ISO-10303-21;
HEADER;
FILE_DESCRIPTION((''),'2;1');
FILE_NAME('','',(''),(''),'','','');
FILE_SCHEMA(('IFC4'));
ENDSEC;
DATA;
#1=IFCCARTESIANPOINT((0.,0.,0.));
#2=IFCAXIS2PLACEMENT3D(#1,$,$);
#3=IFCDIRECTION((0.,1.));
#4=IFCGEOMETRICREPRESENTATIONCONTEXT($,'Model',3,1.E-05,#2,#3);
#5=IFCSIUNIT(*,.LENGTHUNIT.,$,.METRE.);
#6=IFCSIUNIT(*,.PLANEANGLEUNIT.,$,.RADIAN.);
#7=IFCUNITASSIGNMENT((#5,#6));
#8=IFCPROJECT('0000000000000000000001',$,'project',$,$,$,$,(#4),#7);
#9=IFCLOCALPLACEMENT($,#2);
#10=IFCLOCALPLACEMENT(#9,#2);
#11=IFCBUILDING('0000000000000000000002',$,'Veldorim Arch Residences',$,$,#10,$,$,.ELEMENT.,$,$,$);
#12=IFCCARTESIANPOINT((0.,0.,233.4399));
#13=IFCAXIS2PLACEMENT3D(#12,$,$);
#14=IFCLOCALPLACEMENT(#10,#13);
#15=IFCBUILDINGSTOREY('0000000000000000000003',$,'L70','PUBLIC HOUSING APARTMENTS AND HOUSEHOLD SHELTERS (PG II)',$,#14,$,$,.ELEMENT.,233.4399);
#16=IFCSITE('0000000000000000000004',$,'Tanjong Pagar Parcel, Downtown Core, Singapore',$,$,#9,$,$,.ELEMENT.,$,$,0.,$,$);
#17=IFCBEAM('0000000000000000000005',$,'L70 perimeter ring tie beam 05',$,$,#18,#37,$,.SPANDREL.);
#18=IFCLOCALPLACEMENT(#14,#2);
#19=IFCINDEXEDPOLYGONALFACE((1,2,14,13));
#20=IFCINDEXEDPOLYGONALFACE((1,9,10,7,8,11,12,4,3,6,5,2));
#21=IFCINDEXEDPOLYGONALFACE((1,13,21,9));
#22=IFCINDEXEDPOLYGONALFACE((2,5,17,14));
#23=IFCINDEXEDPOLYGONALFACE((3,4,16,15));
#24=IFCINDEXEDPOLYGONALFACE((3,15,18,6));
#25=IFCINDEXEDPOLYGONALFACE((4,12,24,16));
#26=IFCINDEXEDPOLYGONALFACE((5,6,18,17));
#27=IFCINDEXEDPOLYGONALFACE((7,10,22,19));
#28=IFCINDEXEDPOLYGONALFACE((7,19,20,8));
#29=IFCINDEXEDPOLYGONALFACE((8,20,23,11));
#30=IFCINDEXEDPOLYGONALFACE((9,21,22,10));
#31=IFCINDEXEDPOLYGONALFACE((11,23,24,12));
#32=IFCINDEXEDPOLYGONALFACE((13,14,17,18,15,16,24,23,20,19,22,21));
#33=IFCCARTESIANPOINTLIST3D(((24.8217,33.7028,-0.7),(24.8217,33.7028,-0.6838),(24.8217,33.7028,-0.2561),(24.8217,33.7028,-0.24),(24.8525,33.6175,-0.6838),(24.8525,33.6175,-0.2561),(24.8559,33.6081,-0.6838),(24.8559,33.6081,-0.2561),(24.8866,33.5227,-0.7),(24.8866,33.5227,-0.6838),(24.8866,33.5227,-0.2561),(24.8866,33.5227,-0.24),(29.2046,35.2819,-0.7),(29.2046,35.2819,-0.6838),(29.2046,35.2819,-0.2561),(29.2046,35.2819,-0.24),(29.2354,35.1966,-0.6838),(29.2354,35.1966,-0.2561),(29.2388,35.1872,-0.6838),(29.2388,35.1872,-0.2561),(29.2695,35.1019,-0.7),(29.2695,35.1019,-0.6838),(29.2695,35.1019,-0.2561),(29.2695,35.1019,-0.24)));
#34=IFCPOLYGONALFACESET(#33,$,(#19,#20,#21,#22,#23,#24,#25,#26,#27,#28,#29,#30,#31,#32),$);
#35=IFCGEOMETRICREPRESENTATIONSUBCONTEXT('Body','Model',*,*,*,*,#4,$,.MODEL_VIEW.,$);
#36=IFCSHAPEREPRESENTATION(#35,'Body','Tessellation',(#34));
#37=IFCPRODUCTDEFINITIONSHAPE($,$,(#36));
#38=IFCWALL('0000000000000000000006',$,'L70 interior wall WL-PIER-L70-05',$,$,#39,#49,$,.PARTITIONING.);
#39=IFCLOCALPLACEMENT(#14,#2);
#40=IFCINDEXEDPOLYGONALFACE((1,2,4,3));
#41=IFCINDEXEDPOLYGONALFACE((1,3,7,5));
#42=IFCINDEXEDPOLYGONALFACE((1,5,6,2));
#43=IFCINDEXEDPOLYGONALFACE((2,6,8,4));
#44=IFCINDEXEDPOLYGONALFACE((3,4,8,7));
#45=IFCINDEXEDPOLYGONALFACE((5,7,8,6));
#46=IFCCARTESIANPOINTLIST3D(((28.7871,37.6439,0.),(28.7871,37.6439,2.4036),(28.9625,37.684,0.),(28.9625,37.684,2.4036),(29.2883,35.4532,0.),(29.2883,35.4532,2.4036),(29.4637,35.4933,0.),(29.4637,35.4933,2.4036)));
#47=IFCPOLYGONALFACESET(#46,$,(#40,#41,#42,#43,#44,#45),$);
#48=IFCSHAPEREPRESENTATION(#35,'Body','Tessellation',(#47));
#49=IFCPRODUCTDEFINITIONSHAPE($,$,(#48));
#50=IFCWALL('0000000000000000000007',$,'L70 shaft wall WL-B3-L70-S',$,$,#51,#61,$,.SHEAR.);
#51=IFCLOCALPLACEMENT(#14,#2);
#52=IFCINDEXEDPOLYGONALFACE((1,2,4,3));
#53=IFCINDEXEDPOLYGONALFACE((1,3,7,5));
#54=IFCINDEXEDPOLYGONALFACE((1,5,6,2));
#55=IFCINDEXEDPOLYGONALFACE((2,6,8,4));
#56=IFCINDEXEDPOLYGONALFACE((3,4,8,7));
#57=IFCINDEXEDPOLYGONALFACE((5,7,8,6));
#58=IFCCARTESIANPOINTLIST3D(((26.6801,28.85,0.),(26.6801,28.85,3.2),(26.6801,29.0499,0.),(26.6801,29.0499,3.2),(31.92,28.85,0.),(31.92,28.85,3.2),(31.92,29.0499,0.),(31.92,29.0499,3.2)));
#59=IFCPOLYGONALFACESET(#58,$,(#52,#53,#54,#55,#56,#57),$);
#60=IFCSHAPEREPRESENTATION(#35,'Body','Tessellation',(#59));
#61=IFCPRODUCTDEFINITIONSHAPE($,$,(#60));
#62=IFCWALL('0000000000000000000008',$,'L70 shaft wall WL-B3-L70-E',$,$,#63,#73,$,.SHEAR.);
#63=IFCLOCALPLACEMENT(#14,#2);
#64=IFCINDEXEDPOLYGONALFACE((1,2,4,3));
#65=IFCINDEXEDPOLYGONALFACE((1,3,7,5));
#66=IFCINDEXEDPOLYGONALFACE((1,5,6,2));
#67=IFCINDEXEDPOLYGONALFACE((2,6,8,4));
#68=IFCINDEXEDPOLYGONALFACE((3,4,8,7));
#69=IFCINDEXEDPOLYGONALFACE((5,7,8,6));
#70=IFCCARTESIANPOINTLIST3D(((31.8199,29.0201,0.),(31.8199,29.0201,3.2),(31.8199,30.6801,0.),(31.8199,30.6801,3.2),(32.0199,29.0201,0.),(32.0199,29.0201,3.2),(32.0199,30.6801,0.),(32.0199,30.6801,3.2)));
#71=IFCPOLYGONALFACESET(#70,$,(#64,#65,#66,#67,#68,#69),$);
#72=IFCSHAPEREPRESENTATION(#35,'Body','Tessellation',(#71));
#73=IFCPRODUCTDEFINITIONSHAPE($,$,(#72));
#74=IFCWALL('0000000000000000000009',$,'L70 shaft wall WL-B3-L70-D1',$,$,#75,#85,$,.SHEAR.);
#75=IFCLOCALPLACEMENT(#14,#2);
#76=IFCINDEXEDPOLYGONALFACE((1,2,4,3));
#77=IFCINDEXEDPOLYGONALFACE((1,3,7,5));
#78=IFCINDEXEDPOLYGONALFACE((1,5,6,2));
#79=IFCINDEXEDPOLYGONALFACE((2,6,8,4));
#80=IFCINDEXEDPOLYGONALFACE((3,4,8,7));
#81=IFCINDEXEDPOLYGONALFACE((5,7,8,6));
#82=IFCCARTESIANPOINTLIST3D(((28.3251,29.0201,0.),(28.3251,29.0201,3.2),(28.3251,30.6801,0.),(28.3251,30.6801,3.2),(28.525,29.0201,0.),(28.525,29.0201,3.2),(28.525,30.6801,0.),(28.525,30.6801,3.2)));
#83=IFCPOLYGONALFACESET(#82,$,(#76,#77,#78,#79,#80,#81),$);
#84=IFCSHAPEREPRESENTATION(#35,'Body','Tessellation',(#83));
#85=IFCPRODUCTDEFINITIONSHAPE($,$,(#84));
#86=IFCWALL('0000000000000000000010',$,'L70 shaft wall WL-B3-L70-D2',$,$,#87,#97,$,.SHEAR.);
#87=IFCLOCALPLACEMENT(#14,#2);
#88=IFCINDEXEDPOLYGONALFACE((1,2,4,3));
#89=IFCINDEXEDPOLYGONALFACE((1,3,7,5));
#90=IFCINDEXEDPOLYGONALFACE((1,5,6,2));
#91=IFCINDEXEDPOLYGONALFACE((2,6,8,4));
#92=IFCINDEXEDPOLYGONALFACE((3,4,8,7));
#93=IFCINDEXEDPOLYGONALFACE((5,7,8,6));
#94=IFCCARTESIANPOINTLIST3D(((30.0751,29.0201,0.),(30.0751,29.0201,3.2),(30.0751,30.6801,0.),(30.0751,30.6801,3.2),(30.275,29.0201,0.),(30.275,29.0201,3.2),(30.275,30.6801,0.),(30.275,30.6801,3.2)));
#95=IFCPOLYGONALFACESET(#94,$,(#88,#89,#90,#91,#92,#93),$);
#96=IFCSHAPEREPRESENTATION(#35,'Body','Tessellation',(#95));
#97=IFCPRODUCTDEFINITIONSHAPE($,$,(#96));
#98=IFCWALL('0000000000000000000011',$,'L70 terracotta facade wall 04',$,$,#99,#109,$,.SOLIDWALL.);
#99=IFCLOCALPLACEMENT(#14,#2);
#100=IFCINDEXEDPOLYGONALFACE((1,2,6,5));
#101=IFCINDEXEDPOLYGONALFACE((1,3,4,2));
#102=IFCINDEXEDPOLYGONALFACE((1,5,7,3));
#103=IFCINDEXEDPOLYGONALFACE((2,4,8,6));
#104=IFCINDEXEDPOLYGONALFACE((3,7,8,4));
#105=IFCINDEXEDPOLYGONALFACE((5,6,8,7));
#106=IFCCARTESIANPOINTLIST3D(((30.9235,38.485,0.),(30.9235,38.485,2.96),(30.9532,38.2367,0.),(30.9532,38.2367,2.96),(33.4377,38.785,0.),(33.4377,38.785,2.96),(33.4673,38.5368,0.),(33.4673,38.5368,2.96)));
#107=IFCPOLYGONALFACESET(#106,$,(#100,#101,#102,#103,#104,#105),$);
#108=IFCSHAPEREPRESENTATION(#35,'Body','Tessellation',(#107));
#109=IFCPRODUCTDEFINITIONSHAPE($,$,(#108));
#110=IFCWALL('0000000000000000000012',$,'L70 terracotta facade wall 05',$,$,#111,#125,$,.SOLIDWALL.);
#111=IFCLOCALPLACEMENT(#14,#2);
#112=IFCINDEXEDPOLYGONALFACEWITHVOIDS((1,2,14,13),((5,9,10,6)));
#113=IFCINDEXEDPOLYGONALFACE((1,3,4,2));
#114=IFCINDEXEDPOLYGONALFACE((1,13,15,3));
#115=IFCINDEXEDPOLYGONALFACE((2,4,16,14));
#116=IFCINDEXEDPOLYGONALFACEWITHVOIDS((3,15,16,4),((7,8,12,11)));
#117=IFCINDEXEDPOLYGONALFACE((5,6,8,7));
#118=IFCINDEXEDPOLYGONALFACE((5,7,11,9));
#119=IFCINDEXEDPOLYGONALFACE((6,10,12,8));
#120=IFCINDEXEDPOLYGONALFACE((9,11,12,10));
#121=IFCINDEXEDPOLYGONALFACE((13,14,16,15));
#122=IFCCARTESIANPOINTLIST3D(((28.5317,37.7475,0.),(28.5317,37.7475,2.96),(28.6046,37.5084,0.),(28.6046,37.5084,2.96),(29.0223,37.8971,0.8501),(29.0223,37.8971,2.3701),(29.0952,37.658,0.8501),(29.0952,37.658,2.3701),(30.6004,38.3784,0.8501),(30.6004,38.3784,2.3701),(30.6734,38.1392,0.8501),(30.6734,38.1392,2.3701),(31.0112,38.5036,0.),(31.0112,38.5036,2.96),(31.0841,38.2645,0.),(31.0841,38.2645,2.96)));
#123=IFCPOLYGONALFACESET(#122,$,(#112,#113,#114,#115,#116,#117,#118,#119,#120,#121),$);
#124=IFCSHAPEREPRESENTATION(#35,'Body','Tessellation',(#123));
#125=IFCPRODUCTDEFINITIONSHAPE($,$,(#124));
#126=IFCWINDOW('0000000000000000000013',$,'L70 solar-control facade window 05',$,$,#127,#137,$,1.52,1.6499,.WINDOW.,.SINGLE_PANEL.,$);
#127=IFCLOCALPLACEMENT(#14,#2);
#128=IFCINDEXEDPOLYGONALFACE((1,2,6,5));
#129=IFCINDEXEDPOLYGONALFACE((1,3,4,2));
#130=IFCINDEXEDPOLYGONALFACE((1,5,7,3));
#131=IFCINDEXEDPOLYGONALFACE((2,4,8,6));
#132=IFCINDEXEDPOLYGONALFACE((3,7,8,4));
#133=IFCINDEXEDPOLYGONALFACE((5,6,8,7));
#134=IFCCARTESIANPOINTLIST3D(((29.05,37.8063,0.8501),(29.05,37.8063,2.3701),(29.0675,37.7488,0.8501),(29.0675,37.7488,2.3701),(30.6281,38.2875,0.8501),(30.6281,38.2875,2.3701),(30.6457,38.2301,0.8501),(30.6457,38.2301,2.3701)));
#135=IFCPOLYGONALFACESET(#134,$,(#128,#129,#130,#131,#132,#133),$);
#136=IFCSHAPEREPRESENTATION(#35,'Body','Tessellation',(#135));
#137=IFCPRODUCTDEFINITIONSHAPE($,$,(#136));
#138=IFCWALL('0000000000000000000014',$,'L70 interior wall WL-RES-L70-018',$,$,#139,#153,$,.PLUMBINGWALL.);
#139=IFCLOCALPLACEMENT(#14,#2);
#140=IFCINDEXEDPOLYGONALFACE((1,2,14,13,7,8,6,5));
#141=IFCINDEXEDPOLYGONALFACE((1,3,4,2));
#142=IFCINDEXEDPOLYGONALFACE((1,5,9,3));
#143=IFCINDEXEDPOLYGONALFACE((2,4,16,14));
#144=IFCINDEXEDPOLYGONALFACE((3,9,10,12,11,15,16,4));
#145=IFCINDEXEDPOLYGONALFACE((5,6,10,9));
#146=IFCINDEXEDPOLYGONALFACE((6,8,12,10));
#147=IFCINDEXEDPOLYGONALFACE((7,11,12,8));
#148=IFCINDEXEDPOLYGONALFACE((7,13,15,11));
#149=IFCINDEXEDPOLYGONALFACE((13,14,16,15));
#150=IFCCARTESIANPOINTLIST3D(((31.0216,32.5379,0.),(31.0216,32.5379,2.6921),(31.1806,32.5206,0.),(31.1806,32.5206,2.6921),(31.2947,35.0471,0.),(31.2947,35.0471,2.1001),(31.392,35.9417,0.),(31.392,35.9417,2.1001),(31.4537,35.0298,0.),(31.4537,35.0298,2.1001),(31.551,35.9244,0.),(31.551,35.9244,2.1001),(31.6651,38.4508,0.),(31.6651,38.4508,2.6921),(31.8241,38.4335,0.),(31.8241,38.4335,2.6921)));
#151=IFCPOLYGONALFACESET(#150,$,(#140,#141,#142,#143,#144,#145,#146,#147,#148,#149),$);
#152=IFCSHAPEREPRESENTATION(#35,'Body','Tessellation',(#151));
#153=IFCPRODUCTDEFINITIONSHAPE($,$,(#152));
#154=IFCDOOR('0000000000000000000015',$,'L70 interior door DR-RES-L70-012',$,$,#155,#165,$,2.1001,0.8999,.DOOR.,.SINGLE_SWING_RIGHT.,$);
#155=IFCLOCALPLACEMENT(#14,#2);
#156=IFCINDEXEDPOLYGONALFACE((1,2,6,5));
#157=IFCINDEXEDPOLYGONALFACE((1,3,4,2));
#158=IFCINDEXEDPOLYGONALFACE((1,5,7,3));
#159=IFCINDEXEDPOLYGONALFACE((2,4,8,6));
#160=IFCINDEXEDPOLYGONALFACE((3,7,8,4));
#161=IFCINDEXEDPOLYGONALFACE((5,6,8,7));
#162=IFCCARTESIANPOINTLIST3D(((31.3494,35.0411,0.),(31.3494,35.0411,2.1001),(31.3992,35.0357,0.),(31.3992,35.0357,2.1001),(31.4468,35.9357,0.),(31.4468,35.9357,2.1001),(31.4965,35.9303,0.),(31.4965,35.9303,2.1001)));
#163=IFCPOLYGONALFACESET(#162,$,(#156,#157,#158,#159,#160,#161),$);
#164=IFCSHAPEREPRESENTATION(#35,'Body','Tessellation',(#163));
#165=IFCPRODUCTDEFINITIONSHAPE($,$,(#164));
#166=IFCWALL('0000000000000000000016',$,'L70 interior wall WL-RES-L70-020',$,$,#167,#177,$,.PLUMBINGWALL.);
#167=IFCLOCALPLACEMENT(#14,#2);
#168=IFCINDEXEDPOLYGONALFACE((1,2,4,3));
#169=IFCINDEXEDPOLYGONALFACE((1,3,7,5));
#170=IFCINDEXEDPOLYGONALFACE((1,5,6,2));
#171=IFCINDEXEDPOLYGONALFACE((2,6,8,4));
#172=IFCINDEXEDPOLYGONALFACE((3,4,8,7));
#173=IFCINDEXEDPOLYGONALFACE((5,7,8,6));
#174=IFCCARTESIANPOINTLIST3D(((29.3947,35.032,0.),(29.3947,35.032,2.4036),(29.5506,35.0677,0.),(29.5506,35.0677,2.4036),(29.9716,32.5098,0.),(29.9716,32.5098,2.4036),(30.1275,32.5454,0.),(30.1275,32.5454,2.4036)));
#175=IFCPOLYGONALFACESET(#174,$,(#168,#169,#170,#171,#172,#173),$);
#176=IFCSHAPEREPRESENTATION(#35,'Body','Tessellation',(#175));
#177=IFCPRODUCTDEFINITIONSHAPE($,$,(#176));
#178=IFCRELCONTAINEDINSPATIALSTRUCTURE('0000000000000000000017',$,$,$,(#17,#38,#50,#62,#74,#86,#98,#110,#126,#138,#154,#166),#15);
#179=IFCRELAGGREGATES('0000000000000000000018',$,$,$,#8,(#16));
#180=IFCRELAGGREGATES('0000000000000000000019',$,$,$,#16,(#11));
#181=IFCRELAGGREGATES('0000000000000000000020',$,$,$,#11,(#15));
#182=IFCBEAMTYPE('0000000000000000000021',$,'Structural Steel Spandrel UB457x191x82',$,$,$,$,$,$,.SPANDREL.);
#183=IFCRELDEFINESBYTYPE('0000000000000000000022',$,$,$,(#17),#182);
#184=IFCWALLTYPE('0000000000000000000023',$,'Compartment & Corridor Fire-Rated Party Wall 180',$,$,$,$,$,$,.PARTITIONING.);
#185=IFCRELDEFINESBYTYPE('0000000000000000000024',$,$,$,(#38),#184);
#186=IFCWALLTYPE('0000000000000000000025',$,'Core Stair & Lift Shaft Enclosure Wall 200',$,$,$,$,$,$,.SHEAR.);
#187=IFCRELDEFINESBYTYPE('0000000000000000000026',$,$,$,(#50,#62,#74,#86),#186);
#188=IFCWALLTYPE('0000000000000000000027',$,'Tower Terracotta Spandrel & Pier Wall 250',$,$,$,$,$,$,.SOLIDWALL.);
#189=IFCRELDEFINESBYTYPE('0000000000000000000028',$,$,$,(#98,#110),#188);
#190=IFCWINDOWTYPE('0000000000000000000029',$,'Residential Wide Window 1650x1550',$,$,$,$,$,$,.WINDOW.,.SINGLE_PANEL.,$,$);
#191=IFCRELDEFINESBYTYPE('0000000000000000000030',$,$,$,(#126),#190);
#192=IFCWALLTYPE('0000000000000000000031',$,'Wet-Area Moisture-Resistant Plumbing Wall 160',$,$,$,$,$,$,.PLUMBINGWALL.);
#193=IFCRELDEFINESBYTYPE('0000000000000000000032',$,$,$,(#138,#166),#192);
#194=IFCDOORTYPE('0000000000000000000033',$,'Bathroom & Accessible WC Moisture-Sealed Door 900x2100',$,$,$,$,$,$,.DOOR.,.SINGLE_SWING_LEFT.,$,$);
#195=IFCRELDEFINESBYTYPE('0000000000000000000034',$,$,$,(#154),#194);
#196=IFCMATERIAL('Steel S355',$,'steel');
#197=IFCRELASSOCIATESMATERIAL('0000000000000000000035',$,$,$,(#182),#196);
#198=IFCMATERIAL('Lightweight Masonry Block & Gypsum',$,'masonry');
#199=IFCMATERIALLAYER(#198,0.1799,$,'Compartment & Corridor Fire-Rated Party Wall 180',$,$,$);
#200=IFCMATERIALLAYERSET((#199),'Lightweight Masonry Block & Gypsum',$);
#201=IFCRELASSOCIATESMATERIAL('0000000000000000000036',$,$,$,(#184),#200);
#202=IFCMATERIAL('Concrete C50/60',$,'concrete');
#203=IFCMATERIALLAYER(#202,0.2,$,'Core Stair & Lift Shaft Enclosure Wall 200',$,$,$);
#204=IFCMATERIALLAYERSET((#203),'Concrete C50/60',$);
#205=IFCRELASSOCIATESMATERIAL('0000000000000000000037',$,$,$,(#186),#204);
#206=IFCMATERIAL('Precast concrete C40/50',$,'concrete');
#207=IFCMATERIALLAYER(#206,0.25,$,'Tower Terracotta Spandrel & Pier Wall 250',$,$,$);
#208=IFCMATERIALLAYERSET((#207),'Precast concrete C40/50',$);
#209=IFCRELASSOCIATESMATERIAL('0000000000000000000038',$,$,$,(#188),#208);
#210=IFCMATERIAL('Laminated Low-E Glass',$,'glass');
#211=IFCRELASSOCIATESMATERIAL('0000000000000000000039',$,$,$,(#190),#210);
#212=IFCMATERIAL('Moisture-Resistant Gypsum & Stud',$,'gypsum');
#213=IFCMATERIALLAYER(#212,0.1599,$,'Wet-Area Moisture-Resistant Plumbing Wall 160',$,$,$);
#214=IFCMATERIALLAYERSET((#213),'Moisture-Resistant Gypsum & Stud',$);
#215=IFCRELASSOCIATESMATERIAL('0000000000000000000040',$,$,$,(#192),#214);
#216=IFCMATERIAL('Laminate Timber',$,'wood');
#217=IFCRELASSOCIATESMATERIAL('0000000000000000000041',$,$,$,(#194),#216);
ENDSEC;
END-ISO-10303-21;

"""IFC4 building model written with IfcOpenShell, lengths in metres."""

from ifc_helpers import new_model, si_unit, direction, frame, frame_2d, origin, origin_2d, place, context, subcontext, project, spatial, rectangle, i_section, extrude, material, layer, layer_set, material_profile, profile_set, type_object, element, fill, save


model = new_model("IFC4")

# Units and contexts
model_context = context("Model", 3, precision=1e-05, world=origin(), true_north=direction((0.0, 1.0)))
body_context = subcontext(model_context, "Body", "Model", "MODEL_VIEW")
ifc_project = project(units=[si_unit("LENGTHUNIT", "METRE"), si_unit("PLANEANGLEUNIT", "RADIAN")], contexts=[model_context])

# Site, building, storey
site_placement = place(None, origin())
site = spatial("IfcSite", under=ifc_project, at=site_placement, Name="Tanjong Pagar Parcel, Downtown Core, Singapore", CompositionType="ELEMENT", RefElevation=0.0)
building_placement = place(site_placement, origin())
building = spatial("IfcBuilding", under=site, at=building_placement, Name="Veldorim Arch Residences", CompositionType="ELEMENT")
storey_placement = place(building_placement, frame((0.0, 0.0, 233.4399)))
storey = spatial("IfcBuildingStorey", under=building, at=storey_placement, Name="L70", Description="PUBLIC HOUSING APARTMENTS AND HOUSEHOLD SHELTERS (PG II)", CompositionType="ELEMENT", Elevation=233.4399)

# Beam
ifc_material_1 = material(Name="Steel S355", Category="steel")
ifc_material_profile_1 = material_profile(ifc_material_1, i_section(OverallWidth=0.1914, OverallDepth=0.46, WebThickness=0.01, FlangeThickness=0.0161, at=origin_2d()), Name="UB457x191x82")
ifc_profile_set_1 = profile_set([ifc_material_profile_1], Name="Steel S355")
beam_type_1 = type_object("IfcBeamType", Name="Structural Steel Spandrel UB457x191x82", PredefinedType="SPANDREL", material=ifc_profile_set_1)
beam_1_placement = place(storey_placement, frame((29.2371, 35.1919, -0.47), z_axis=(-0.940799, -0.338964, 0.0), x_axis=(0.338964, -0.940799, 0.0)))
element("IfcBeam", 1, at=beam_1_placement, inside=storey, type_object=beam_type_1, Name="L70 perimeter ring tie beam 05", PredefinedType="SPANDREL", context=body_context, shape_type="SweptSolid", body=[
    extrude(i_section(OverallWidth=0.1914, OverallDepth=0.46, WebThickness=0.01, FlangeThickness=0.0161, at=origin_2d()), origin(), (0.0, 0.0, 1.0), 4.6587),
])

# Walls
ifc_material_2 = material(Name="Lightweight Masonry Block & Gypsum", Category="masonry")
ifc_layer_1 = layer(ifc_material_2, 0.1799, Name="Compartment & Corridor Fire-Rated Party Wall 180")
ifc_layer_set_1 = layer_set([ifc_layer_1], Name="Lightweight Masonry Block & Gypsum")
wall_type_1 = type_object("IfcWallType", Name="Compartment & Corridor Fire-Rated Party Wall 180", PredefinedType="PARTITIONING", material=ifc_layer_set_1)
wall_1_placement = place(storey_placement, frame((29.376, 35.4734, 0.0), z_axis=(0.0, 0.0, 1.0), x_axis=(-0.223034, 0.974811, 0.0)))
element("IfcWall", 2, at=wall_1_placement, inside=storey, type_object=wall_type_1, Name="L70 interior wall WL-PIER-L70-05", PredefinedType="PARTITIONING", context=body_context, shape_type="SweptSolid", body=[
    extrude(rectangle(XDim=2.2473, YDim=0.1799, at=frame_2d((1.1235, 0.0))), origin(), (0.0, 0.0, 1.0), 2.4036),
])
ifc_material_3 = material(Name="Concrete C50/60", Category="concrete")
ifc_layer_2 = layer(ifc_material_3, 0.2, Name="Core Stair & Lift Shaft Enclosure Wall 200")
ifc_layer_set_2 = layer_set([ifc_layer_2], Name="Concrete C50/60")
wall_type_2 = type_object("IfcWallType", Name="Core Stair & Lift Shaft Enclosure Wall 200", PredefinedType="SHEAR", material=ifc_layer_set_2)
wall_2_placement = place(storey_placement, frame((26.6799, 28.95, 0.0), z_axis=(0.0, 0.0, 1.0), x_axis=(1.0, 0.0, 0.0)))
element("IfcWall", 3, at=wall_2_placement, inside=storey, type_object=wall_type_2, Name="L70 shaft wall WL-B3-L70-S", PredefinedType="SHEAR", context=body_context, shape_type="SweptSolid", body=[
    extrude(rectangle(XDim=5.24, YDim=0.2, at=frame_2d((2.6201, 0.0))), origin(), (0.0, 0.0, 1.0), 3.2),
])
for number, where, z_axis, x_axis, name in (
    (4, (31.9199, 29.02, 0.0), (0.0, 0.0, 1.0), (0.0, 1.0, 0.0), "L70 shaft wall WL-B3-L70-E"),
    (5, (28.425, 29.02, 0.0), (0.0, 0.0, 1.0), (0.0, 1.0, 0.0), "L70 shaft wall WL-B3-L70-D1"),
    (6, (30.175, 29.02, 0.0), (0.0, 0.0, 1.0), (0.0, 1.0, 0.0), "L70 shaft wall WL-B3-L70-D2"),
):
    element("IfcWall", number, at=place(storey_placement, frame(where, z_axis=z_axis, x_axis=x_axis)), inside=storey, type_object=wall_type_2, Name=name, PredefinedType="SHEAR", context=body_context, shape_type="SweptSolid", body=[
        extrude(rectangle(XDim=1.6599, YDim=0.2, at=frame_2d((0.8301, 0.0))), origin(), (0.0, 0.0, 1.0), 3.2),
    ])
ifc_material_4 = material(Name="Precast concrete C40/50", Category="concrete")
ifc_layer_3 = layer(ifc_material_4, 0.25, Name="Tower Terracotta Spandrel & Pier Wall 250")
ifc_layer_set_3 = layer_set([ifc_layer_3], Name="Precast concrete C40/50")
wall_type_3 = type_object("IfcWallType", Name="Tower Terracotta Spandrel & Pier Wall 250", PredefinedType="SOLIDWALL", material=ifc_layer_set_3)
wall_3_placement = place(storey_placement, frame((30.9382, 38.3608, 0.0), z_axis=(0.0, 0.0, 1.0), x_axis=(0.992954, 0.118503, 0.0)))
element("IfcWall", 7, at=wall_3_placement, inside=storey, type_object=wall_type_3, Name="L70 terracotta facade wall 04", PredefinedType="SOLIDWALL", context=body_context, shape_type="SweptSolid", body=[
    extrude(rectangle(XDim=2.532, YDim=0.25, at=frame_2d((1.2661, 0.0))), origin(), (0.0, 0.0, 1.0), 2.96),
])

# Wall, opening, window
wall_4_placement = place(storey_placement, frame((28.5681, 37.6279, 0.0), z_axis=(0.0, 0.0, 1.0), x_axis=(0.956515, 0.291683, 0.0)))
wall_4 = element("IfcWall", 8, at=wall_4_placement, inside=storey, type_object=wall_type_3, Name="L70 terracotta facade wall 05", PredefinedType="SOLIDWALL", context=body_context, shape_type="SweptSolid", body=[
    extrude(rectangle(XDim=2.5923, YDim=0.25, at=frame_2d((1.2961, 0.0))), origin(), (0.0, 0.0, 1.0), 2.96),
])
opening_1_placement = place(wall_4_placement, frame((0.5129, 0.0, 0.8501)))
opening_1 = element("IfcOpeningElement", 9, at=opening_1_placement, cuts=wall_4, PredefinedType="OPENING", context=body_context, shape_type="SweptSolid", body=[
    extrude(rectangle(XDim=1.6499, YDim=1.52, at=frame_2d((0.825, 0.76))), frame((0.0, 0.135, 0.0), z_axis=(0.0, -1.0, 0.0), x_axis=(1.0, 0.0, 0.0)), (0.0, 0.0, 1.0), 0.27),
])
ifc_material_5 = material(Name="Laminated Low-E Glass", Category="glass")
window_type = type_object("IfcWindowType", Name="Residential Wide Window 1650x1550", PartitioningType="SINGLE_PANEL", PredefinedType="WINDOW", material=ifc_material_5)
window_placement = place(opening_1_placement, origin())
window = element("IfcWindow", 10, at=window_placement, inside=storey, type_object=window_type, Name="L70 solar-control facade window 05", OverallHeight=1.52, OverallWidth=1.6499, PartitioningType="SINGLE_PANEL", PredefinedType="WINDOW", context=body_context, shape_type="SweptSolid", body=[
    extrude(rectangle(XDim=1.6499, YDim=1.52, at=frame_2d((0.825, 0.76))), frame((0.0, 0.03, 0.0), z_axis=(0.0, -1.0, 0.0), x_axis=(1.0, 0.0, 0.0)), (0.0, 0.0, 1.0), 0.0601),
])
fill(opening_1, window)

# Wall, opening, door
ifc_material_6 = material(Name="Moisture-Resistant Gypsum & Stud", Category="gypsum")
ifc_layer_4 = layer(ifc_material_6, 0.1599, Name="Wet-Area Moisture-Resistant Plumbing Wall 160")
ifc_layer_set_4 = layer_set([ifc_layer_4], Name="Moisture-Resistant Gypsum & Stud")
wall_type_4 = type_object("IfcWallType", Name="Wet-Area Moisture-Resistant Plumbing Wall 160", PredefinedType="PLUMBINGWALL", material=ifc_layer_set_4)
wall_5_placement = place(storey_placement, frame((31.1011, 32.5293, 0.0), z_axis=(0.0, 0.0, 1.0), x_axis=(0.108201, 0.994129, 0.0)))
wall_5 = element("IfcWall", 11, at=wall_5_placement, inside=storey, type_object=wall_type_4, Name="L70 interior wall WL-RES-L70-018", PredefinedType="PLUMBINGWALL", context=body_context, shape_type="SweptSolid", body=[
    extrude(rectangle(XDim=5.9478, YDim=0.1599, at=frame_2d((2.9739, 0.0))), origin(), (0.0, 0.0, 1.0), 2.6921),
])
opening_2_placement = place(wall_5_placement, frame((2.5239, 0.0, 0.0)))
opening_2 = element("IfcOpeningElement", 12, at=opening_2_placement, cuts=wall_5, PredefinedType="OPENING", context=body_context, shape_type="SweptSolid", body=[
    extrude(rectangle(XDim=0.8999, YDim=2.1001, at=frame_2d((0.45, 1.05))), frame((0.0, 0.0898, 0.0), z_axis=(0.0, -1.0, 0.0), x_axis=(1.0, 0.0, 0.0)), (0.0, 0.0, 1.0), 0.1799),
])
ifc_material_7 = material(Name="Laminate Timber", Category="wood")
door_type = type_object("IfcDoorType", Name="Bathroom & Accessible WC Moisture-Sealed Door 900x2100", OperationType="SINGLE_SWING_LEFT", PredefinedType="DOOR", material=ifc_material_7)
door_placement = place(opening_2_placement, origin())
door = element("IfcDoor", 13, at=door_placement, inside=storey, type_object=door_type, Name="L70 interior door DR-RES-L70-012", OperationType="SINGLE_SWING_RIGHT", OverallHeight=2.1001, OverallWidth=0.8999, PredefinedType="DOOR", context=body_context, shape_type="SweptSolid", body=[
    extrude(rectangle(XDim=0.8999, YDim=2.1001, at=frame_2d((0.45, 1.05))), frame((0.0, 0.0249, 0.0), z_axis=(0.0, -1.0, 0.0), x_axis=(1.0, 0.0, 0.0)), (0.0, 0.0, 1.0), 0.05),
])
fill(opening_2, door)

# Wall
wall_6_placement = place(storey_placement, frame((30.0496, 32.5276, 0.0), z_axis=(0.0, 0.0, 1.0), x_axis=(-0.222971, 0.974825, 0.0)))
element("IfcWall", 14, at=wall_6_placement, inside=storey, type_object=wall_type_4, Name="L70 interior wall WL-RES-L70-020", PredefinedType="PLUMBINGWALL", context=body_context, shape_type="SweptSolid", body=[
    extrude(rectangle(XDim=2.5874, YDim=0.1599, at=frame_2d((1.2937, 0.0))), origin(), (0.0, 0.0, 1.0), 2.4036),
])

save(model, "model.ifc")
